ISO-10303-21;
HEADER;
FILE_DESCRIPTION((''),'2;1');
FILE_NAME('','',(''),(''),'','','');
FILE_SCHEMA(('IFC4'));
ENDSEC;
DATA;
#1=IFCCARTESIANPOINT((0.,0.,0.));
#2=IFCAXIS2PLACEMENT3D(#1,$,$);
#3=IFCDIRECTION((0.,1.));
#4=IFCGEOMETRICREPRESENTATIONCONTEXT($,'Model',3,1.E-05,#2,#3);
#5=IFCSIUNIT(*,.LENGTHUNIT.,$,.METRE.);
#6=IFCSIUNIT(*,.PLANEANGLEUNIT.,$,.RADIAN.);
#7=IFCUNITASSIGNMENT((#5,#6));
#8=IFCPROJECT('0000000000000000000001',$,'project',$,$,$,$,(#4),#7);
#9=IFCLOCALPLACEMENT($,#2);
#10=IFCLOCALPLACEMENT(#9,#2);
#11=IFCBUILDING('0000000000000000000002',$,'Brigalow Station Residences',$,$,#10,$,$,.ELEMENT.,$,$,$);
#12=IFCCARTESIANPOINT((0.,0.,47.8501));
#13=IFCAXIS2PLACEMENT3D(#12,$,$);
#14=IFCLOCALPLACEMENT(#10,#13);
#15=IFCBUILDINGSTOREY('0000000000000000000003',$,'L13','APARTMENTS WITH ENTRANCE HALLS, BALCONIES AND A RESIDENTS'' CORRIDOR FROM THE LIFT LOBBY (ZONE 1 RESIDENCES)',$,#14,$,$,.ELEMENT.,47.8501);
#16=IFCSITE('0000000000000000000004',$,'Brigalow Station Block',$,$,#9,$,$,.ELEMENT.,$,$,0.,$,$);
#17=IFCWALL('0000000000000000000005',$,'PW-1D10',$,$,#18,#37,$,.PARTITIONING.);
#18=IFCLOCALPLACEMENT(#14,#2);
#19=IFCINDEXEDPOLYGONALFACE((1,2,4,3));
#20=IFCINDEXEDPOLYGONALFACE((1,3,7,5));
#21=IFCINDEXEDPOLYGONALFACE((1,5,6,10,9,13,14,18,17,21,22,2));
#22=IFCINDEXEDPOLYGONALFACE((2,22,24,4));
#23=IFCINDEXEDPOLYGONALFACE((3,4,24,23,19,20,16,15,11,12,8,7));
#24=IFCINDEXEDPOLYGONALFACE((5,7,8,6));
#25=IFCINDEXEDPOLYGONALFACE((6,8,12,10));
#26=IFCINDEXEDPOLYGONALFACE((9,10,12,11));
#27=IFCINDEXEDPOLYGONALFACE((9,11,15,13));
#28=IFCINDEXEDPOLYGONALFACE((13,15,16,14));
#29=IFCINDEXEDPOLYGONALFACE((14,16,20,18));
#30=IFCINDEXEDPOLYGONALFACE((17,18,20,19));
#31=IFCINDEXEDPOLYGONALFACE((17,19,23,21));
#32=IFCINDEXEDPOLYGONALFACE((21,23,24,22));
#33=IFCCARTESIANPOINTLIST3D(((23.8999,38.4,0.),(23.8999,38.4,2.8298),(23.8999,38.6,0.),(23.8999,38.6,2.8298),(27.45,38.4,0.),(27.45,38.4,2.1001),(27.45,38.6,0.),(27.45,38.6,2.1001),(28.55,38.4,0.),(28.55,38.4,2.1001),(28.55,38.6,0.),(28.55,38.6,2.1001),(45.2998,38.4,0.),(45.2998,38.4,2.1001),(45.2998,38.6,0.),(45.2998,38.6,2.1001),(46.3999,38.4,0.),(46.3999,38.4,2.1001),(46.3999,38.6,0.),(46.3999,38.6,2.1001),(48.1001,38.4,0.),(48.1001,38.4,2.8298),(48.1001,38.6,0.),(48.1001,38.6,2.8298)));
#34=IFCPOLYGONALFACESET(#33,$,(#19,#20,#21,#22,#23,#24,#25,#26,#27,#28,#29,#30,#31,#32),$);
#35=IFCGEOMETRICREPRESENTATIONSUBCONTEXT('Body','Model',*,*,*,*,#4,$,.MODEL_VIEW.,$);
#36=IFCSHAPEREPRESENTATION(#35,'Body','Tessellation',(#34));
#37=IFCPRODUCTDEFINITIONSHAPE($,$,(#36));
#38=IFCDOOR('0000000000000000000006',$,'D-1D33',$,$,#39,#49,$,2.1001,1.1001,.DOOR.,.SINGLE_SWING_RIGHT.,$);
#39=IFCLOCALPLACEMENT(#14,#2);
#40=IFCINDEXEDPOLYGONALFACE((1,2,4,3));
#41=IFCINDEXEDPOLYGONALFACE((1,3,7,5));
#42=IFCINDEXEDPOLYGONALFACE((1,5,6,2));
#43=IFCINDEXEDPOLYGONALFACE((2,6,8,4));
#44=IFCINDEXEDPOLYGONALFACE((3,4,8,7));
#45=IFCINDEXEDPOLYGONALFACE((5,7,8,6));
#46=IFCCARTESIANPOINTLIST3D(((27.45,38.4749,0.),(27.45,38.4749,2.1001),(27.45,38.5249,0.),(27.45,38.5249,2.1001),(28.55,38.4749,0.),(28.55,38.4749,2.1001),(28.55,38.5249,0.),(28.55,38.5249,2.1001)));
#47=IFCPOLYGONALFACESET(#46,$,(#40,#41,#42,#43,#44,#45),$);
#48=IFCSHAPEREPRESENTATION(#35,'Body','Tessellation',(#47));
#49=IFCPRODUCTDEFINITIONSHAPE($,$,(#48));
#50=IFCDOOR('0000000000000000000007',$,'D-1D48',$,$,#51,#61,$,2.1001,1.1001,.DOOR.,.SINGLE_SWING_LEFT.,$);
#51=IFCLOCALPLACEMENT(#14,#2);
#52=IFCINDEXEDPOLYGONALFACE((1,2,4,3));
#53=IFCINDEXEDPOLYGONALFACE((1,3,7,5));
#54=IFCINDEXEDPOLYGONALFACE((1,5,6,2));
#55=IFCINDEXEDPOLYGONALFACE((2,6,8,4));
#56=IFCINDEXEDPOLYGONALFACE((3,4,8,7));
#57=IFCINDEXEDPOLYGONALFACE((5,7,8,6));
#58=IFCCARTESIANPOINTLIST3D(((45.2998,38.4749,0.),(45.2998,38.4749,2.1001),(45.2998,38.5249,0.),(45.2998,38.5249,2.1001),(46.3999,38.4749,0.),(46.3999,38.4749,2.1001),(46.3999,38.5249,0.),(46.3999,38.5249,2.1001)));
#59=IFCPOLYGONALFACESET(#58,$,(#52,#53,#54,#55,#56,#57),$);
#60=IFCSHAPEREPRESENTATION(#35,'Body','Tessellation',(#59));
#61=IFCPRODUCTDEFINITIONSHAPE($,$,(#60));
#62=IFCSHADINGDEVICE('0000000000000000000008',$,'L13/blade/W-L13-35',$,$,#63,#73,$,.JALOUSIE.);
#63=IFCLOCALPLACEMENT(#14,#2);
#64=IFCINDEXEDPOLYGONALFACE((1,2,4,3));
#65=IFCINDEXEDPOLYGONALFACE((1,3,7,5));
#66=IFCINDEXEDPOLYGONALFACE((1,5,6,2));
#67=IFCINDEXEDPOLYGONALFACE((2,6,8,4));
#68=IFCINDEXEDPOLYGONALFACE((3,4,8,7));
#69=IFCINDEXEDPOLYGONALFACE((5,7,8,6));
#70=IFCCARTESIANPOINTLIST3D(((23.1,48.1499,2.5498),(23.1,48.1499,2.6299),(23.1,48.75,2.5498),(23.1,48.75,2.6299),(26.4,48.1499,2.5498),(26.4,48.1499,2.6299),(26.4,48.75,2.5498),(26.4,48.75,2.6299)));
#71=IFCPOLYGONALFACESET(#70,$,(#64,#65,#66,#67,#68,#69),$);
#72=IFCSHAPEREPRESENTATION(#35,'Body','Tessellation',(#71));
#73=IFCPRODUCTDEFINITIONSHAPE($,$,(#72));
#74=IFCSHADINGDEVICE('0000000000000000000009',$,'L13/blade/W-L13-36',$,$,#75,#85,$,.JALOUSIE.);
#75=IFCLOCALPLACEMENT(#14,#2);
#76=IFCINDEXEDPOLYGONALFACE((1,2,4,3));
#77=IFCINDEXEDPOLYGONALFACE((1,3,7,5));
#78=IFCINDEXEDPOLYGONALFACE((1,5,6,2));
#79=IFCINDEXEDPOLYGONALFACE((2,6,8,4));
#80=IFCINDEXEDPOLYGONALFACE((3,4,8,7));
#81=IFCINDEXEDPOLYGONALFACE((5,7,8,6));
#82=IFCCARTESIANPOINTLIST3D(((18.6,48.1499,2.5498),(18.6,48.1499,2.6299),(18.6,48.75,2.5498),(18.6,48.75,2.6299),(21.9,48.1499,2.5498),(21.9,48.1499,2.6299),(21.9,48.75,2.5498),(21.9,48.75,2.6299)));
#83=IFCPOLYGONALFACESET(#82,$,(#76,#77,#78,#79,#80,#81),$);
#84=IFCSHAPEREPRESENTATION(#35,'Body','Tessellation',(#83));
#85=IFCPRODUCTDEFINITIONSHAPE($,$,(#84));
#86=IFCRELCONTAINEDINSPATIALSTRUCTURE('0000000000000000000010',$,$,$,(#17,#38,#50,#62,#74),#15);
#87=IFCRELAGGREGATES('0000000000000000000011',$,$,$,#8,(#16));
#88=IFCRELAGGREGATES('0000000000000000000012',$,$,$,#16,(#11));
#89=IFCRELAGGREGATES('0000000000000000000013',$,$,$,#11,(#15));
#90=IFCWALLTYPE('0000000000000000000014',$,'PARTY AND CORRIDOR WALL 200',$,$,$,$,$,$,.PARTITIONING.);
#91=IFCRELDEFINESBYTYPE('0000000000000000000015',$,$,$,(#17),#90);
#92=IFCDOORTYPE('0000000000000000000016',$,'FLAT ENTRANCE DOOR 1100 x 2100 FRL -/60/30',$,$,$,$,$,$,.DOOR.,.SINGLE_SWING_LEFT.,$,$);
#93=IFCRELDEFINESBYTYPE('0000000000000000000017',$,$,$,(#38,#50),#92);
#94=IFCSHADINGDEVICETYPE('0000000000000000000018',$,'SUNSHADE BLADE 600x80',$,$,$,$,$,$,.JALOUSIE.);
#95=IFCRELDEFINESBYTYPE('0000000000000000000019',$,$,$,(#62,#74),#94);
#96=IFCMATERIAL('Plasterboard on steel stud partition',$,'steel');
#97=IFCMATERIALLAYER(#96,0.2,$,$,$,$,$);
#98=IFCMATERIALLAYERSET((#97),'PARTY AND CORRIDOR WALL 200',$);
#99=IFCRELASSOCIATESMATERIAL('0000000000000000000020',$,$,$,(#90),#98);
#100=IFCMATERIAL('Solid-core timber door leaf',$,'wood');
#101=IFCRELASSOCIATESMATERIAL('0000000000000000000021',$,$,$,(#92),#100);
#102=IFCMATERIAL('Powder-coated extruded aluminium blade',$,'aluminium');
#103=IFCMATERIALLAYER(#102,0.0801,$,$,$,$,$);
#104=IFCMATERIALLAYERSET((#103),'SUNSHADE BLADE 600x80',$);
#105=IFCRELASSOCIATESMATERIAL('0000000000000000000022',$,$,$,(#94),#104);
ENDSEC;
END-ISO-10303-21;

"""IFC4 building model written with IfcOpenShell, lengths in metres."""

from ifc_helpers import new_model, si_unit, direction, frame, frame_2d, origin, origin_2d, place, context, subcontext, project, spatial, rectangle, extrude, material, layer, layer_set, type_object, element, fill, save


model = new_model("IFC4")

# Units and contexts
model_context = context("Model", 3, precision=1e-05, world=origin(), true_north=direction((0.0, 1.0)))
body_context = subcontext(model_context, "Body", "Model", "MODEL_VIEW")
ifc_project = project(units=[si_unit("LENGTHUNIT", "METRE"), si_unit("PLANEANGLEUNIT", "RADIAN")], contexts=[model_context])

# Site, building, storey
site_placement = place(None, origin())
site = spatial("IfcSite", under=ifc_project, at=site_placement, Name="Brigalow Station Block", CompositionType="ELEMENT", RefElevation=0.0)
building_placement = place(site_placement, origin())
building = spatial("IfcBuilding", under=site, at=building_placement, Name="Brigalow Station Residences", CompositionType="ELEMENT")
storey_placement = place(building_placement, frame((0.0, 0.0, 47.8501)))
storey = spatial("IfcBuildingStorey", under=building, at=storey_placement, Name="L13", Description="APARTMENTS WITH ENTRANCE HALLS, BALCONIES AND A RESIDENTS' CORRIDOR FROM THE LIFT LOBBY (ZONE 1 RESIDENCES)", CompositionType="ELEMENT", Elevation=47.8501)

# Wall, openings, doors
ifc_material_1 = material(Name="Plasterboard on steel stud partition", Category="steel")
ifc_layer_1 = layer(ifc_material_1, 0.2)
ifc_layer_set_1 = layer_set([ifc_layer_1], Name="PARTY AND CORRIDOR WALL 200")
wall_type_1 = type_object("IfcWallType", Name="PARTY AND CORRIDOR WALL 200", PredefinedType="PARTITIONING", material=ifc_layer_set_1)
wall_1_placement = place(storey_placement, frame((23.8999, 38.5, 0.0), z_axis=(0.0, 0.0, 1.0), x_axis=(1.0, 0.0, 0.0)))
wall_1 = element("IfcWall", 1, at=wall_1_placement, inside=storey, type_object=wall_type_1, Name="PW-1D10", PredefinedType="PARTITIONING", context=body_context, shape_type="SweptSolid", body=[
    extrude(rectangle(XDim=24.2002, YDim=0.2, at=frame_2d((12.1001, 0.0))), origin(), (0.0, 0.0, 1.0), 2.8298),
])
opening_1_placement = place(wall_1_placement, frame((3.55, 0.0, 0.0)))
opening_1 = element("IfcOpeningElement", 2, at=opening_1_placement, cuts=wall_1, PredefinedType="OPENING", context=body_context, shape_type="SweptSolid", body=[
    extrude(rectangle(XDim=1.1001, YDim=2.1001, at=frame_2d((0.55, 1.05))), frame((0.0, 0.1099, 0.0), z_axis=(0.0, -1.0, 0.0), x_axis=(1.0, 0.0, 0.0)), (0.0, 0.0, 1.0), 0.22),
])
opening_2_placement = place(wall_1_placement, frame((21.3999, 0.0, 0.0)))
opening_2 = element("IfcOpeningElement", 3, at=opening_2_placement, cuts=wall_1, PredefinedType="OPENING", context=body_context, shape_type="SweptSolid", body=[
    extrude(rectangle(XDim=1.1001, YDim=2.1001, at=frame_2d((0.55, 1.05))), frame((0.0, 0.1099, 0.0), z_axis=(0.0, -1.0, 0.0), x_axis=(1.0, 0.0, 0.0)), (0.0, 0.0, 1.0), 0.22),
])
ifc_material_2 = material(Name="Solid-core timber door leaf", Category="wood")
door_type_1 = type_object("IfcDoorType", Name="FLAT ENTRANCE DOOR 1100 x 2100 FRL -/60/30", OperationType="SINGLE_SWING_LEFT", PredefinedType="DOOR", material=ifc_material_2)
door_1_placement = place(opening_1_placement, origin())
door_1 = element("IfcDoor", 4, at=door_1_placement, inside=storey, type_object=door_type_1, Name="D-1D33", OperationType="SINGLE_SWING_RIGHT", OverallHeight=2.1001, OverallWidth=1.1001, PredefinedType="DOOR", context=body_context, shape_type="SweptSolid", body=[
    extrude(rectangle(XDim=1.1001, YDim=2.1001, at=frame_2d((0.55, 1.05))), frame((0.0, 0.0249, 0.0), z_axis=(0.0, -1.0, 0.0), x_axis=(1.0, 0.0, 0.0)), (0.0, 0.0, 1.0), 0.05),
])
fill(opening_1, door_1)
door_2_placement = place(opening_2_placement, origin())
door_2 = element("IfcDoor", 5, at=door_2_placement, inside=storey, type_object=door_type_1, Name="D-1D48", OperationType="SINGLE_SWING_LEFT", OverallHeight=2.1001, OverallWidth=1.1001, PredefinedType="DOOR", context=body_context, shape_type="SweptSolid", body=[
    extrude(rectangle(XDim=1.1001, YDim=2.1001, at=frame_2d((0.55, 1.05))), frame((0.0, 0.0249, 0.0), z_axis=(0.0, -1.0, 0.0), x_axis=(1.0, 0.0, 0.0)), (0.0, 0.0, 1.0), 0.05),
])
fill(opening_2, door_2)

# Shading devices
ifc_material_3 = material(Name="Powder-coated extruded aluminium blade", Category="aluminium")
ifc_layer_2 = layer(ifc_material_3, 0.0801)
ifc_layer_set_2 = layer_set([ifc_layer_2], Name="SUNSHADE BLADE 600x80")
shading_device_type = type_object("IfcShadingDeviceType", Name="SUNSHADE BLADE 600x80", PredefinedType="JALOUSIE", material=ifc_layer_set_2)
for number, where, z_axis, x_axis, name in (
    (6, (24.75, 48.45, 2.5498), (0.0, 0.0, 1.0), (-1.0, 0.0, 0.0), "L13/blade/W-L13-35"),
    (7, (20.25, 48.45, 2.5498), (0.0, 0.0, 1.0), (-1.0, 0.0, 0.0), "L13/blade/W-L13-36"),
):
    element("IfcShadingDevice", number, at=place(storey_placement, frame(where, z_axis=z_axis, x_axis=x_axis)), inside=storey, type_object=shading_device_type, Name=name, PredefinedType="JALOUSIE", context=body_context, shape_type="SweptSolid", body=[
        extrude(rectangle(XDim=3.3, YDim=0.6001, at=origin_2d()), origin(), (0.0, 0.0, 1.0), 0.0801),
    ])

save(model, "model.ifc")
